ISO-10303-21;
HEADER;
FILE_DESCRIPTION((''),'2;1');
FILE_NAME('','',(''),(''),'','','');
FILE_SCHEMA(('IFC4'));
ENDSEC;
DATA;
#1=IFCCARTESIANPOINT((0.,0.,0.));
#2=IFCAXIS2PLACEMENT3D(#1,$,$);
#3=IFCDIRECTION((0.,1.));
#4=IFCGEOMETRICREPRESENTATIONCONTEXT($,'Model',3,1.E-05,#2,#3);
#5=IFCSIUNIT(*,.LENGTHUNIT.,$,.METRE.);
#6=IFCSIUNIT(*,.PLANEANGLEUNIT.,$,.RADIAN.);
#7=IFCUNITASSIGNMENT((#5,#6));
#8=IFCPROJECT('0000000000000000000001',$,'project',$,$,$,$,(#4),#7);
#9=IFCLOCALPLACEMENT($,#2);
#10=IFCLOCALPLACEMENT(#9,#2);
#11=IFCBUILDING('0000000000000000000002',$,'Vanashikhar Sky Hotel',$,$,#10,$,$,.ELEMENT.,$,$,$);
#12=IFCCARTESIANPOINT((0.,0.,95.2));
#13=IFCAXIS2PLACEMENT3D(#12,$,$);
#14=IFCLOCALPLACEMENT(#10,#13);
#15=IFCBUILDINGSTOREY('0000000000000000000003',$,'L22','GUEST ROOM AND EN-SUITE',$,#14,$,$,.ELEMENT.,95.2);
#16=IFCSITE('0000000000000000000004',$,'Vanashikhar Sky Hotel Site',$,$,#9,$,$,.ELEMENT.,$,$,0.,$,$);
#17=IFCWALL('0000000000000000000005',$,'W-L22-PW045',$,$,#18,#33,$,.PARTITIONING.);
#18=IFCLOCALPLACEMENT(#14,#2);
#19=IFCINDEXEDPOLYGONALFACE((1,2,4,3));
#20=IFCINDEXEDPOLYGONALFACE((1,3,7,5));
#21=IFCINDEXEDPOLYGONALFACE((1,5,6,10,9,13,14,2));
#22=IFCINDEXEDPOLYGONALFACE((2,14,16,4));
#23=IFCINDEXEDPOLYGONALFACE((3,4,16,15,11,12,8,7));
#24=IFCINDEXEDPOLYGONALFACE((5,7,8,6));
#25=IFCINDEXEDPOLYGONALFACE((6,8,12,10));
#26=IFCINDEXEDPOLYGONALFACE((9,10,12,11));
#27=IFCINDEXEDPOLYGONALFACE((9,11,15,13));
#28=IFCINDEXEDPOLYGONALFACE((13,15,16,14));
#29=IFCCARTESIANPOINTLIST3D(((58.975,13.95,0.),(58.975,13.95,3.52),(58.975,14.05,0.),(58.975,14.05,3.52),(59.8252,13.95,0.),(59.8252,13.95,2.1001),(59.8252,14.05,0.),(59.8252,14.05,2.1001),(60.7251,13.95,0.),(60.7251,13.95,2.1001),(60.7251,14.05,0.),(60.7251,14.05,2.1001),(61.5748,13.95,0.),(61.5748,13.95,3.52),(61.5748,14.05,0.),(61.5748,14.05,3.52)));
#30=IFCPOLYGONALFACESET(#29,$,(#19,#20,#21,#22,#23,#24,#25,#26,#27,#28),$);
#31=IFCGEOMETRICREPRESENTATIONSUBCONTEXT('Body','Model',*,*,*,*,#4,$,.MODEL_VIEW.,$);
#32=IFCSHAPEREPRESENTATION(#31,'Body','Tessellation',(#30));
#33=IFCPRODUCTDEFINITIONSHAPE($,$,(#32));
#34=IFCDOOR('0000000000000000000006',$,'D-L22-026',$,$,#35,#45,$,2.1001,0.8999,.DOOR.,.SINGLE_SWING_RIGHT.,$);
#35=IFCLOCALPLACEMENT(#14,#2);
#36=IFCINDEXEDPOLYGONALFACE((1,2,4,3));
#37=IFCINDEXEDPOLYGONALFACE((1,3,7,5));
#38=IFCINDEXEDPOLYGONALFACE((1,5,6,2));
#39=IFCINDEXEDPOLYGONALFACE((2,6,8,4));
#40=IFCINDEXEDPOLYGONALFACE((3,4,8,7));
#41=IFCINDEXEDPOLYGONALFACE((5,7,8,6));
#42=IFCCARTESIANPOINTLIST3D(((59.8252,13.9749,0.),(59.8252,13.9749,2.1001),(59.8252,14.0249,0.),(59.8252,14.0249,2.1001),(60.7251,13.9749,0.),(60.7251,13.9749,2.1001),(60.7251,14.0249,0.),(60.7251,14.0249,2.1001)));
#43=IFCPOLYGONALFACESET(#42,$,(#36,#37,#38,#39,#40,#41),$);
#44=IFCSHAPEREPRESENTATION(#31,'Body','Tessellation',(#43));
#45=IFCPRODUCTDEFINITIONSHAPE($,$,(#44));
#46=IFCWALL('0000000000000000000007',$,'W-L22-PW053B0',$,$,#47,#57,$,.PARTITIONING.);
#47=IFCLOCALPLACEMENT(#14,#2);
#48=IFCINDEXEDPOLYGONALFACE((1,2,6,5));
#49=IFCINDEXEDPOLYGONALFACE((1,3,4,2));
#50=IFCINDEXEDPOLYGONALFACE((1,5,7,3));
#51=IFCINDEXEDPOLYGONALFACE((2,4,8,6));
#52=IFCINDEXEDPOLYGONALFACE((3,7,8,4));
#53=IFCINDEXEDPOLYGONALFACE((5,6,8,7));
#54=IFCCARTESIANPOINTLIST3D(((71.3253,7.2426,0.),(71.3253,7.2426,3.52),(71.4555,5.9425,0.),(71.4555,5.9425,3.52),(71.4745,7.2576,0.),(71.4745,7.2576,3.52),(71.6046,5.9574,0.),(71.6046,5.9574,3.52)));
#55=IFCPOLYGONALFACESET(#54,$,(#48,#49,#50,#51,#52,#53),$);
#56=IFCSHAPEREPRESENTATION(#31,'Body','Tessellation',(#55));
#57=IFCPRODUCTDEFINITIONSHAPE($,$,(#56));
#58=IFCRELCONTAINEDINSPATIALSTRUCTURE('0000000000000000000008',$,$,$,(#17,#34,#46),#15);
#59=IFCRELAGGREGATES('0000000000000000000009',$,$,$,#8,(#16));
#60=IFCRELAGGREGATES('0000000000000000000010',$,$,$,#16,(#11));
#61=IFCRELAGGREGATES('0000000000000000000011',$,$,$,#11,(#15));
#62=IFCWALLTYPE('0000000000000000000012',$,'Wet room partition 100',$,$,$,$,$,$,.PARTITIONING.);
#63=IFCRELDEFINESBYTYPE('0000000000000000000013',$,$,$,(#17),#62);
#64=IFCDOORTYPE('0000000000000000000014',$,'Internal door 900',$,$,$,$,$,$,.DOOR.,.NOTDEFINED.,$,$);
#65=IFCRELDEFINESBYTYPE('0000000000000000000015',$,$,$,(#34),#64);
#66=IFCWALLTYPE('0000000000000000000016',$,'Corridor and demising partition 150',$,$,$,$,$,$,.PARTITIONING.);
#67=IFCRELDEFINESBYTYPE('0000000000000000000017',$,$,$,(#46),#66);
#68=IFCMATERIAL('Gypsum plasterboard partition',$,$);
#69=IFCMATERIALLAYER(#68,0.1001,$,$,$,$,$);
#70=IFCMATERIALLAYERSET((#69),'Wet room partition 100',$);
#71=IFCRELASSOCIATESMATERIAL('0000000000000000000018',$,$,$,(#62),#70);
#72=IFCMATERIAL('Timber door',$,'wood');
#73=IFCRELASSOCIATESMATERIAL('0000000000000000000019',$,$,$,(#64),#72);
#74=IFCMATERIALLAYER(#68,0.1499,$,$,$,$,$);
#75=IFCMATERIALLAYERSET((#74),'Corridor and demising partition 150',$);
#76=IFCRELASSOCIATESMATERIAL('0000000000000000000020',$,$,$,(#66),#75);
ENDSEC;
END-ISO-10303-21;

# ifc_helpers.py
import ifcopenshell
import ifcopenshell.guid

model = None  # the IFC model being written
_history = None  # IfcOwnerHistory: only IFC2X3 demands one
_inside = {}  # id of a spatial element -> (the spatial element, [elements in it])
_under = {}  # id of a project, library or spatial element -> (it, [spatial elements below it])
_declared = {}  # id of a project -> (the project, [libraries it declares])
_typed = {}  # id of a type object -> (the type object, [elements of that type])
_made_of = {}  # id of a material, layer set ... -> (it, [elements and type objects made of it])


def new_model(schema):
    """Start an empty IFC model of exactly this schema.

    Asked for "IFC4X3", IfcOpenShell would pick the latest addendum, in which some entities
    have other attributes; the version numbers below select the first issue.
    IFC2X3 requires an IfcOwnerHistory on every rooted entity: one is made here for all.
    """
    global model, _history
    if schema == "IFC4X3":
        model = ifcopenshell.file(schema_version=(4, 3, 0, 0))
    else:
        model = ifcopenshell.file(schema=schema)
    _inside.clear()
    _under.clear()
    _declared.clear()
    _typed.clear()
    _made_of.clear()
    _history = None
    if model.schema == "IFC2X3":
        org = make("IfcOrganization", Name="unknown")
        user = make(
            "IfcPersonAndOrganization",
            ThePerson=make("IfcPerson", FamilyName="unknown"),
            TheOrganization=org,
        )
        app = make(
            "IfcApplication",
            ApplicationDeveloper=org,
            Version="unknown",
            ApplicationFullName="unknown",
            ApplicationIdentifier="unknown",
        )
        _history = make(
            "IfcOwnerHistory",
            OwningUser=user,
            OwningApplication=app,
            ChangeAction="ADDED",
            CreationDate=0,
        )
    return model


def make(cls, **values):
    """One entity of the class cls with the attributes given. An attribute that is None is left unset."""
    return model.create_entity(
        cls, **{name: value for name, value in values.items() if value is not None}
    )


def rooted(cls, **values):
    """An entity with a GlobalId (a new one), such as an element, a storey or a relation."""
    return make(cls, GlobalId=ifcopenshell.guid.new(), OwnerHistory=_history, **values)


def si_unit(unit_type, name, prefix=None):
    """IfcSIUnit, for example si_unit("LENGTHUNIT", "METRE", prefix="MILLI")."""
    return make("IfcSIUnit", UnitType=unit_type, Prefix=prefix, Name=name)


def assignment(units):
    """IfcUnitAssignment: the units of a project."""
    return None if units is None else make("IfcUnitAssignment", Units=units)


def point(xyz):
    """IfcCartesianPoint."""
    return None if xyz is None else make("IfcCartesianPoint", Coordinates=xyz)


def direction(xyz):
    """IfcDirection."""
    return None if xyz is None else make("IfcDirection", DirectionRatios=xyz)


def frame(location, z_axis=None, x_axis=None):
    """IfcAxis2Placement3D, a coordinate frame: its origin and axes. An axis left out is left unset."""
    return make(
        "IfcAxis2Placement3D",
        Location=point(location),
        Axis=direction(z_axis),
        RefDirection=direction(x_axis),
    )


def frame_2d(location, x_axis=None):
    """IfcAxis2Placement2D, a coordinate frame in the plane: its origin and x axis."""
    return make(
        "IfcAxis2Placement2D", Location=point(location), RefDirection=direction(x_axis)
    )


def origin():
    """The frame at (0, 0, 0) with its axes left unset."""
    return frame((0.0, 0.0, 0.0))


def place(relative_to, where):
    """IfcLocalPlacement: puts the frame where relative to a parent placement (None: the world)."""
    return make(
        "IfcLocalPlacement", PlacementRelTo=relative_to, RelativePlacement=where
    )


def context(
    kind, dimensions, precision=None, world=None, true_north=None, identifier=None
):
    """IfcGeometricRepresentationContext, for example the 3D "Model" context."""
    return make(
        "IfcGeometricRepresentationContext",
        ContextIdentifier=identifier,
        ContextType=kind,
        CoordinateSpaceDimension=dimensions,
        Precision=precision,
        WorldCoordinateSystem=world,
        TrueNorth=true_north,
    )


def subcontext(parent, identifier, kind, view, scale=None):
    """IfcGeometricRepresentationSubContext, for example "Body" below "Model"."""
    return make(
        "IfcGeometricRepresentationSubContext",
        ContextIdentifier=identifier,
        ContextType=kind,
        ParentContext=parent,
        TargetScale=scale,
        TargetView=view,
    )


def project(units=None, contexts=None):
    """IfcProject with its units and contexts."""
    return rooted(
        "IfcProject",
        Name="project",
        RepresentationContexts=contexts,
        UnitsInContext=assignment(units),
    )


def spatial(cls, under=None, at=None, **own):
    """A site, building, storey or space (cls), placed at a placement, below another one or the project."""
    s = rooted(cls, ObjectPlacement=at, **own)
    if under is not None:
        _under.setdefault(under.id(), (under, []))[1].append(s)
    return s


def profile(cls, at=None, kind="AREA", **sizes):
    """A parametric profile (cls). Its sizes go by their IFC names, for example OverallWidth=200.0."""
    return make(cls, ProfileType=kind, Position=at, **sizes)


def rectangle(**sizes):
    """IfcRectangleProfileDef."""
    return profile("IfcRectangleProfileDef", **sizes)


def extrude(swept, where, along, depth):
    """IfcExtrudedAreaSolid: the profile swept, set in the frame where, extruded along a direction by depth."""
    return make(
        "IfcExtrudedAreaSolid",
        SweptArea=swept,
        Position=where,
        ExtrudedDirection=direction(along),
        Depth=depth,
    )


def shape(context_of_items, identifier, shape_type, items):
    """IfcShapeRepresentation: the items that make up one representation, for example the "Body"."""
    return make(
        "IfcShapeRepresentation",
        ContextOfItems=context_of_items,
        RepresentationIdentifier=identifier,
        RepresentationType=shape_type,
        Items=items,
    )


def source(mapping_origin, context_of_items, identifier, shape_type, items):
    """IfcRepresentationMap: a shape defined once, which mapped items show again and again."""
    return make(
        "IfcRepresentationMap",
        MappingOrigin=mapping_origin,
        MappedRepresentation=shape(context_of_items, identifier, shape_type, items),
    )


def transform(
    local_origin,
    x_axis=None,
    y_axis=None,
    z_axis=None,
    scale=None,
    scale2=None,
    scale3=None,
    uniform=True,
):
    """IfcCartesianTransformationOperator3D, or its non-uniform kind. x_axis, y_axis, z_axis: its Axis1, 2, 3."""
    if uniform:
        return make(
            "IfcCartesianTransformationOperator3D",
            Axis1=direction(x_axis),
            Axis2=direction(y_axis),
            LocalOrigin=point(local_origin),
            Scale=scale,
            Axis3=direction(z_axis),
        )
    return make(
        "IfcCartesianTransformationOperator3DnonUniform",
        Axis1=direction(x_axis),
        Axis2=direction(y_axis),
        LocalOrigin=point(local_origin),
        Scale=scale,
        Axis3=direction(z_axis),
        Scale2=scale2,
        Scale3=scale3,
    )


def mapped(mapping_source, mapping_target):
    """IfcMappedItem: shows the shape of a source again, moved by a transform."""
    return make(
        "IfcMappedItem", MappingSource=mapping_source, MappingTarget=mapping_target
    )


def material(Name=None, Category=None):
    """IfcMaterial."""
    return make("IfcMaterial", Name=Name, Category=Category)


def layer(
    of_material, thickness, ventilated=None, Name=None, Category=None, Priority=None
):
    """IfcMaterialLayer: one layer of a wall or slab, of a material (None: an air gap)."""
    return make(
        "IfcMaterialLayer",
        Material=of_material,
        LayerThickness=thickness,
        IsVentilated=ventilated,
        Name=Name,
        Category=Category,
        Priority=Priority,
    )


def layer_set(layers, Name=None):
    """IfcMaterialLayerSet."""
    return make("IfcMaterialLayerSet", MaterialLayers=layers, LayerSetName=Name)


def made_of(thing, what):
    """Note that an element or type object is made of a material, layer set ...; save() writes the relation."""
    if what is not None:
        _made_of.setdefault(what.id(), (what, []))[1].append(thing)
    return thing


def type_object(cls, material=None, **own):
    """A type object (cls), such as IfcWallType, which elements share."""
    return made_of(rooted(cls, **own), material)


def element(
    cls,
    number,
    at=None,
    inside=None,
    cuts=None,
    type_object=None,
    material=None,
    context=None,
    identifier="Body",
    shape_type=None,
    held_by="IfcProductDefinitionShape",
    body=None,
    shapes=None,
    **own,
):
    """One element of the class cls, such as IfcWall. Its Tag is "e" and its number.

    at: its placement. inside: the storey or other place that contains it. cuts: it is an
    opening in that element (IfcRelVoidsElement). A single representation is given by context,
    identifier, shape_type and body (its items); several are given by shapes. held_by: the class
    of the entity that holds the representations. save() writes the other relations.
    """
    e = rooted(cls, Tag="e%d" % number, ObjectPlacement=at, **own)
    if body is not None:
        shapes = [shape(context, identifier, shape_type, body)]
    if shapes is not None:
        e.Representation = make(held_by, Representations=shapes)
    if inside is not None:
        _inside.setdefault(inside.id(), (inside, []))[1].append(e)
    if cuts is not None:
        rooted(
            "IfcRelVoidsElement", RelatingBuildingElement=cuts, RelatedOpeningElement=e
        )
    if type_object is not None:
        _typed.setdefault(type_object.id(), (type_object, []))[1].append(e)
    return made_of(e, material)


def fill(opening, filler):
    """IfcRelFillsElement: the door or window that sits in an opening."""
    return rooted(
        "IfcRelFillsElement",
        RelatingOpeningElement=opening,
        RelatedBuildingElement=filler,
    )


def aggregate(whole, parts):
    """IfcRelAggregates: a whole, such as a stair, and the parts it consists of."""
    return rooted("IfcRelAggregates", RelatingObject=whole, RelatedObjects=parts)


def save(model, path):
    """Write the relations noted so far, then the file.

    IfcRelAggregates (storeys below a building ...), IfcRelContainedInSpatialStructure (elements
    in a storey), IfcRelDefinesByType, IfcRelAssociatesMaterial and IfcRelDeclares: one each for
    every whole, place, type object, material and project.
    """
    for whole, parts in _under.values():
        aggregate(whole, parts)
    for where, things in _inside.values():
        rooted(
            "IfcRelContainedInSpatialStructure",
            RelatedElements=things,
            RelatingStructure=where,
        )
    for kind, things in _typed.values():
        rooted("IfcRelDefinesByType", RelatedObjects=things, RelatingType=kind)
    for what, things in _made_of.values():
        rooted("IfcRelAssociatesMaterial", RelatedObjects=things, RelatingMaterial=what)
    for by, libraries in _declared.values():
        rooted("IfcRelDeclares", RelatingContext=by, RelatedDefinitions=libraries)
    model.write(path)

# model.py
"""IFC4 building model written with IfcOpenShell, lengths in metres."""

from ifc_helpers import new_model, si_unit, direction, frame, frame_2d, origin, place, context, subcontext, project, spatial, rectangle, extrude, source, transform, mapped, material, layer, layer_set, type_object, element, fill, save


model = new_model("IFC4")

# Units and contexts
model_context = context("Model", 3, precision=1e-05, world=origin(), true_north=direction((0.0, 1.0)))
body_context = subcontext(model_context, "Body", "Model", "MODEL_VIEW")
ifc_project = project(units=[si_unit("LENGTHUNIT", "METRE"), si_unit("PLANEANGLEUNIT", "RADIAN")], contexts=[model_context])

# Site, building, storey
site_placement = place(None, origin())
site = spatial("IfcSite", under=ifc_project, at=site_placement, Name="Vanashikhar Sky Hotel Site", CompositionType="ELEMENT", RefElevation=0.0)
building_placement = place(site_placement, origin())
building = spatial("IfcBuilding", under=site, at=building_placement, Name="Vanashikhar Sky Hotel", CompositionType="ELEMENT")
storey_placement = place(building_placement, frame((0.0, 0.0, 95.2)))
storey = spatial("IfcBuildingStorey", under=building, at=storey_placement, Name="L22", Description="GUEST ROOM AND EN-SUITE", CompositionType="ELEMENT", Elevation=95.2)

# Shared definitions
ifc_material_1 = material(Name="Gypsum plasterboard partition")
ifc_layer_1 = layer(ifc_material_1, 0.1001)
ifc_layer_set_1 = layer_set([ifc_layer_1], Name="Wet room partition 100")
wall_type_1 = type_object("IfcWallType", Name="Wet room partition 100", PredefinedType="PARTITIONING", material=ifc_layer_set_1)
shared_shape_1 = source(origin(), body_context, "Body", "SweptSolid", [
    extrude(rectangle(XDim=0.8999, YDim=2.1001, at=frame_2d((0.45, 1.05))), frame((0.0, 0.0601, 0.0), z_axis=(0.0, -1.0, 0.0), x_axis=(1.0, 0.0, 0.0)), (0.0, 0.0, 1.0), 0.1201),
])
ifc_material_2 = material(Name="Timber door", Category="wood")
door_type_1 = type_object("IfcDoorType", Name="Internal door 900", OperationType="NOTDEFINED", PredefinedType="DOOR", material=ifc_material_2)
shared_shape_2 = source(origin(), body_context, "Body", "SweptSolid", [
    extrude(rectangle(XDim=0.8999, YDim=2.1001, at=frame_2d((0.45, 1.05))), frame((0.0, 0.0249, 0.0), z_axis=(0.0, -1.0, 0.0), x_axis=(1.0, 0.0, 0.0)), (0.0, 0.0, 1.0), 0.05),
])

# Shared definitions
ifc_layer_2 = layer(ifc_material_1, 0.1499)
ifc_layer_set_2 = layer_set([ifc_layer_2], Name="Corridor and demising partition 150")
wall_type_2 = type_object("IfcWallType", Name="Corridor and demising partition 150", PredefinedType="PARTITIONING", material=ifc_layer_set_2)

# Wall, opening, door
shared_shape_3 = source(origin(), body_context, "Body", "SweptSolid", [
    extrude(rectangle(XDim=2.5999, YDim=0.1001, at=frame_2d((1.2998, 0.0))), origin(), (0.0, 0.0, 1.0), 3.52),
])
wall_1_placement = place(storey_placement, frame((58.9751, 14.0, 0.0), z_axis=(0.0, 0.0, 1.0), x_axis=(1.0, 0.0, 0.0)))
wall_1 = element("IfcWall", 1, at=wall_1_placement, inside=storey, type_object=wall_type_1, Name="W-L22-PW045", PredefinedType="PARTITIONING", context=body_context, shape_type="MappedRepresentation", body=[
    mapped(shared_shape_3, transform((0.0, 0.0, 0.0), scale=1.0)),
])
opening_1_placement = place(wall_1_placement, frame((0.8501, 0.0, 0.0)))
opening_1 = element("IfcOpeningElement", 2, at=opening_1_placement, cuts=wall_1, PredefinedType="OPENING", context=body_context, shape_type="MappedRepresentation", body=[
    mapped(shared_shape_1, transform((0.0, 0.0, 0.0), scale=1.0)),
])
door_1_placement = place(opening_1_placement, origin())
door_1 = element("IfcDoor", 3, at=door_1_placement, inside=storey, type_object=door_type_1, Name="D-L22-026", OperationType="SINGLE_SWING_RIGHT", OverallHeight=2.1001, OverallWidth=0.8999, PredefinedType="DOOR", context=body_context, shape_type="MappedRepresentation", body=[
    mapped(shared_shape_2, transform((0.0, 0.0, 0.0), scale=1.0)),
])
fill(opening_1, door_1)

# Wall
shared_shape_4 = source(origin(), body_context, "Body", "SweptSolid", [
    extrude(rectangle(XDim=1.3066, YDim=0.1499, at=frame_2d((0.6533, 0.0))), origin(), (0.0, 0.0, 1.0), 3.52),
])
wall_2_placement = place(storey_placement, frame((71.53, 5.95, 0.0), z_axis=(0.0, 0.0, 1.0), x_axis=(-0.099596, 0.995028, 0.0)))
element("IfcWall", 4, at=wall_2_placement, inside=storey, type_object=wall_type_2, Name="W-L22-PW053B0", PredefinedType="PARTITIONING", context=body_context, shape_type="MappedRepresentation", body=[
    mapped(shared_shape_4, transform((0.0, 0.0, 0.0), scale=1.0)),
])

save(model, "model.ifc")
